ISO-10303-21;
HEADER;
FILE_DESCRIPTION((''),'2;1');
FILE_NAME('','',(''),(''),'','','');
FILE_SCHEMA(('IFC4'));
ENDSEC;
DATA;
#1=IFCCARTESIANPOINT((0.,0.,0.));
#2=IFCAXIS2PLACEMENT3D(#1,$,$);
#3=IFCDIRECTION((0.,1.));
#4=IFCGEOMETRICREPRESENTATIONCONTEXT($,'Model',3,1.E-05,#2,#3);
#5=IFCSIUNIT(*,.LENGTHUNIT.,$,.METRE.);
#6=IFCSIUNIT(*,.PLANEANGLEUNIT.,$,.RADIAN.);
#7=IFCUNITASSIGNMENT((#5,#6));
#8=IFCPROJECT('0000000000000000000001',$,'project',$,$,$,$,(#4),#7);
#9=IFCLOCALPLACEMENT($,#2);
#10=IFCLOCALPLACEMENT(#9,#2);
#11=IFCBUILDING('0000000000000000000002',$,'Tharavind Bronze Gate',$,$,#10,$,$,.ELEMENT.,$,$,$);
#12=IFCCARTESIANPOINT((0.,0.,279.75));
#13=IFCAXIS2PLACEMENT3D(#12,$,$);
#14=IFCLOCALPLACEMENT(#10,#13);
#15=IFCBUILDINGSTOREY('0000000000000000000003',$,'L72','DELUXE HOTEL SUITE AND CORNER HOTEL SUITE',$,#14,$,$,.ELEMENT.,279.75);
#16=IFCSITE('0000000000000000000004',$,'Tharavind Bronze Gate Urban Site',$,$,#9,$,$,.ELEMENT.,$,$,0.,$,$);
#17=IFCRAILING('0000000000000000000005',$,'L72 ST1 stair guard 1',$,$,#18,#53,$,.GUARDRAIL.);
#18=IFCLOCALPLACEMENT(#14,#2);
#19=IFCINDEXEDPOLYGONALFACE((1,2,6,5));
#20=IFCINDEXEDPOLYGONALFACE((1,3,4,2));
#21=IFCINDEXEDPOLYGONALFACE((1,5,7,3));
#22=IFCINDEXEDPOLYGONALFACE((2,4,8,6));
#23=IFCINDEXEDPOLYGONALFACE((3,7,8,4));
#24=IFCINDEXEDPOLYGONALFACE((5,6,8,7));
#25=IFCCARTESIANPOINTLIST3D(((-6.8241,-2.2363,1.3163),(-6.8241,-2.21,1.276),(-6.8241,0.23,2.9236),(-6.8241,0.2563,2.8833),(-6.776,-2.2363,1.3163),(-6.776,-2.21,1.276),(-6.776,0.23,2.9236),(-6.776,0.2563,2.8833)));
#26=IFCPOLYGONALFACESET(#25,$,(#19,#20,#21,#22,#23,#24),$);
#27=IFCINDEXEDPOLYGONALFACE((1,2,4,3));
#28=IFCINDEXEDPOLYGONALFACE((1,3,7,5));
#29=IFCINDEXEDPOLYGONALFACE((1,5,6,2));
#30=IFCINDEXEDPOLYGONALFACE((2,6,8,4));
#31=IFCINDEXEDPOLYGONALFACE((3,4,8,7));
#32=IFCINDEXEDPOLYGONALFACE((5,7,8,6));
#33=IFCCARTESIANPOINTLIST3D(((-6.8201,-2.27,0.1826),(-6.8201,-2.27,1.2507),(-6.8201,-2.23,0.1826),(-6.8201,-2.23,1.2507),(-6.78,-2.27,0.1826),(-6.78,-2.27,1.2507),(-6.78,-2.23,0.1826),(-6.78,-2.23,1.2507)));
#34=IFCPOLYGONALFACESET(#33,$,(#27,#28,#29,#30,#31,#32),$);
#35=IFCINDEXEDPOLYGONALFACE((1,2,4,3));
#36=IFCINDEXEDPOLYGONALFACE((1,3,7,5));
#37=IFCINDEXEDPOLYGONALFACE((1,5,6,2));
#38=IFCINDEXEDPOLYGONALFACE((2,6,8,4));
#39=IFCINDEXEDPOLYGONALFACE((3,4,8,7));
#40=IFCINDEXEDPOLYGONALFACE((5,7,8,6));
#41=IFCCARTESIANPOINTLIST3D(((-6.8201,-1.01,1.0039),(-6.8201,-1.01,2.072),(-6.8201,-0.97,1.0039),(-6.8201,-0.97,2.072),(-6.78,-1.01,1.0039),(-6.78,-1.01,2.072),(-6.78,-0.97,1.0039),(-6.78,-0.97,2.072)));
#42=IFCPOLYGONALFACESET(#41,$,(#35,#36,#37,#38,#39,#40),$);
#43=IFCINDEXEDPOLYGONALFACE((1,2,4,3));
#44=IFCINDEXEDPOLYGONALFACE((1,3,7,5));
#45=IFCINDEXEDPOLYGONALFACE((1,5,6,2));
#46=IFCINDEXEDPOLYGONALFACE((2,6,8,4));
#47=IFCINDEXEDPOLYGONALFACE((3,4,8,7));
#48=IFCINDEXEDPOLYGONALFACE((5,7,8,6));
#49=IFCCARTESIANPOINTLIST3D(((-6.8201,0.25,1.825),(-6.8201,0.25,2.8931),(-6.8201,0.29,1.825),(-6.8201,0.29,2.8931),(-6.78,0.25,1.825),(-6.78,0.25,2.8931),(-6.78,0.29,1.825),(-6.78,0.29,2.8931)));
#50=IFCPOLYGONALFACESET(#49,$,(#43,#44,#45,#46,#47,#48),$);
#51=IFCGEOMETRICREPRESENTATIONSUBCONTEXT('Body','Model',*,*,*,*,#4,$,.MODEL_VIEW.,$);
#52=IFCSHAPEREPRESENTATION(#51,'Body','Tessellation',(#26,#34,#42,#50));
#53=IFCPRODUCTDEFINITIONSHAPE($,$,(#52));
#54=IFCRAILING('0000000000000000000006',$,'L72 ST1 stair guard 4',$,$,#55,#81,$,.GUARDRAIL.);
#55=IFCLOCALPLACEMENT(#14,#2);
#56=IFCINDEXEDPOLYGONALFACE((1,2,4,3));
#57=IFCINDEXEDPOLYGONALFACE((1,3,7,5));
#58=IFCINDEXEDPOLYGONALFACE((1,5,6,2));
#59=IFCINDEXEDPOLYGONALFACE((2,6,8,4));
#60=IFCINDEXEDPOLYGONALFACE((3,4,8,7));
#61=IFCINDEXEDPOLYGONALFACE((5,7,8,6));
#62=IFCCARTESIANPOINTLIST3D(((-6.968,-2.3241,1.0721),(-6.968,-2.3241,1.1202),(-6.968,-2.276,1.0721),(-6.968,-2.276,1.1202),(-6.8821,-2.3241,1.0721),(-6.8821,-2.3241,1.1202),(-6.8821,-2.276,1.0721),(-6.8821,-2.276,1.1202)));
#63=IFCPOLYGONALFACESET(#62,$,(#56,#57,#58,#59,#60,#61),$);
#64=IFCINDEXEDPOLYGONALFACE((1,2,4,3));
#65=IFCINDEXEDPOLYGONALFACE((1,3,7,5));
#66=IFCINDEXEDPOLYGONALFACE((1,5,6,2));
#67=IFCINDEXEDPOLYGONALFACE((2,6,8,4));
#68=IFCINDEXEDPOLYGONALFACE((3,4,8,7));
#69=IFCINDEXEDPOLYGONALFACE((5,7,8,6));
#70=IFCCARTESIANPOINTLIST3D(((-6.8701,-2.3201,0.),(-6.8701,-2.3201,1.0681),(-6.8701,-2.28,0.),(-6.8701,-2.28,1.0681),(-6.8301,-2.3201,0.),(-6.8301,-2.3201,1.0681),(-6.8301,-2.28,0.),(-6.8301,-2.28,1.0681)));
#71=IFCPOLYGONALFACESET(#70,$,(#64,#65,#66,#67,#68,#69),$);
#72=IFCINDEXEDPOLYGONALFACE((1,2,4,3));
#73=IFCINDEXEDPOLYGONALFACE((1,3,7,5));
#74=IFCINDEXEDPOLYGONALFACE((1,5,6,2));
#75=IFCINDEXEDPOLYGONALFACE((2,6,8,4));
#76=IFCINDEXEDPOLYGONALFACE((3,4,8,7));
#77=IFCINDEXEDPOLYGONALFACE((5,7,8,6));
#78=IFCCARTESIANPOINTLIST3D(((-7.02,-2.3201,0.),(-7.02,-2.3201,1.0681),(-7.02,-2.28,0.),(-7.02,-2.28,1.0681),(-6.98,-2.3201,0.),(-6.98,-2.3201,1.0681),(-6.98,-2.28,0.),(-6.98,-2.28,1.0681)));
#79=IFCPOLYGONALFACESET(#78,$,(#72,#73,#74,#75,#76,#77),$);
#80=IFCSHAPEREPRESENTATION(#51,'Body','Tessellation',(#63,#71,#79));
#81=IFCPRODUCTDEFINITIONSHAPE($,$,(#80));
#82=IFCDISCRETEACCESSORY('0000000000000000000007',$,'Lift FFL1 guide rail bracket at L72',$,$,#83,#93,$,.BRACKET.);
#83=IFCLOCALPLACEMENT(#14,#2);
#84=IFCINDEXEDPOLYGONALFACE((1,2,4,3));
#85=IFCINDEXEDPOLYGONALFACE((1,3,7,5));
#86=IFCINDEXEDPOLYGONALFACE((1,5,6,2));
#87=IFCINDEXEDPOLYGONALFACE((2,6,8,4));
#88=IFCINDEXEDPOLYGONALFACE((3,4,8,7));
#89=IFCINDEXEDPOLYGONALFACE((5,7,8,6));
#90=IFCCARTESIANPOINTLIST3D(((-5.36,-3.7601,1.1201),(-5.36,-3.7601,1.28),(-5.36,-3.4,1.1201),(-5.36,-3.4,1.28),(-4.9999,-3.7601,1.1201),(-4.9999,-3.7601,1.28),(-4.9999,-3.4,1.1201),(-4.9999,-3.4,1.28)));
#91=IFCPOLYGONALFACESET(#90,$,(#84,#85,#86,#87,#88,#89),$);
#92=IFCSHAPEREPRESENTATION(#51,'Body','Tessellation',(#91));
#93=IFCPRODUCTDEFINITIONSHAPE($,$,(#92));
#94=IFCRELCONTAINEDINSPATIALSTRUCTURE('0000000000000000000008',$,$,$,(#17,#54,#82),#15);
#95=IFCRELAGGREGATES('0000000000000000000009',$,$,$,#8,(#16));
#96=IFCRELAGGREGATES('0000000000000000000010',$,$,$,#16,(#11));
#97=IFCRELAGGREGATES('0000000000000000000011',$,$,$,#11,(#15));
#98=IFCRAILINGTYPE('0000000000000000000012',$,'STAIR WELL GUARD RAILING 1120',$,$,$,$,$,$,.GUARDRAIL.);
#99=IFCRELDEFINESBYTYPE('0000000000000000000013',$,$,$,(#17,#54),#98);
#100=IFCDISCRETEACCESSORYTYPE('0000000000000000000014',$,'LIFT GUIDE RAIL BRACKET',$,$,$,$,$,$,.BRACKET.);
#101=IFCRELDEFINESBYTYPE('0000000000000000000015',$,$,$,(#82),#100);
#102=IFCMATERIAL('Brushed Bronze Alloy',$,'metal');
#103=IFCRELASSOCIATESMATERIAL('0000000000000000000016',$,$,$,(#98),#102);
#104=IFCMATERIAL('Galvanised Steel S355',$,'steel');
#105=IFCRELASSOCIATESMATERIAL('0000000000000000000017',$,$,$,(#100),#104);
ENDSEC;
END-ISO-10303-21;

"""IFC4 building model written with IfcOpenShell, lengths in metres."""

from ifc_helpers import new_model, si_unit, direction, frame, origin, origin_2d, place, context, subcontext, project, spatial, rectangle, extrude, material, type_object, element, save


model = new_model("IFC4")

# Units and contexts
model_context = context("Model", 3, precision=1e-05, world=origin(), true_north=direction((0.0, 1.0)))
body_context = subcontext(model_context, "Body", "Model", "MODEL_VIEW")
ifc_project = project(units=[si_unit("LENGTHUNIT", "METRE"), si_unit("PLANEANGLEUNIT", "RADIAN")], contexts=[model_context])

# Site, building, storey
site_placement = place(None, origin())
site = spatial("IfcSite", under=ifc_project, at=site_placement, Name="Tharavind Bronze Gate Urban Site", CompositionType="ELEMENT", RefElevation=0.0)
building_placement = place(site_placement, origin())
building = spatial("IfcBuilding", under=site, at=building_placement, Name="Tharavind Bronze Gate", CompositionType="ELEMENT")
storey_placement = place(building_placement, frame((0.0, 0.0, 279.75)))
storey = spatial("IfcBuildingStorey", under=building, at=storey_placement, Name="L72", Description="DELUXE HOTEL SUITE AND CORNER HOTEL SUITE", CompositionType="ELEMENT", Elevation=279.75)

# Railings
ifc_material_1 = material(Name="Brushed Bronze Alloy", Category="metal")
railing_type_1 = type_object("IfcRailingType", Name="STAIR WELL GUARD RAILING 1120", PredefinedType="GUARDRAIL", material=ifc_material_1)
railing_1_placement = place(storey_placement, frame((-6.8, -2.25, 0.1826)))
element("IfcRailing", 1, at=railing_1_placement, inside=storey, type_object=railing_type_1, Name="L72 ST1 stair guard 1", PredefinedType="GUARDRAIL", context=body_context, shape_type="SweptSolid", body=[
    extrude(rectangle(XDim=0.0481, YDim=0.0481, at=origin_2d()), frame((0.0, 0.0269, 1.1135), z_axis=(0.0, 0.837787, 0.545998), x_axis=(-1.0, 0.0, 0.0)), (0.0, 0.0, 1.0), 2.9438),
    extrude(rectangle(XDim=0.04, YDim=0.04, at=origin_2d()), origin(), (0.0, 0.0, 1.0), 1.0681),
    extrude(rectangle(XDim=0.04, YDim=0.04, at=origin_2d()), frame((0.0, 1.26, 0.8213)), (0.0, 0.0, 1.0), 1.0681),
    extrude(rectangle(XDim=0.04, YDim=0.04, at=origin_2d()), frame((0.0, 2.52, 1.6423)), (0.0, 0.0, 1.0), 1.0681),
])
railing_2_placement = place(storey_placement, frame((-6.8501, -2.3, 0.0)))
element("IfcRailing", 2, at=railing_2_placement, inside=storey, type_object=railing_type_1, Name="L72 ST1 stair guard 4", PredefinedType="GUARDRAIL", context=body_context, shape_type="SweptSolid", body=[
    extrude(rectangle(XDim=0.0481, YDim=0.0481, at=origin_2d()), frame((-0.032, 0.0, 1.0962), z_axis=(-1.0, 0.0, 0.0), x_axis=(0.0, -1.0, 0.0)), (0.0, 0.0, 1.0), 0.0859),
    extrude(rectangle(XDim=0.04, YDim=0.04, at=origin_2d()), origin(), (0.0, 0.0, 1.0), 1.0681),
    extrude(rectangle(XDim=0.04, YDim=0.04, at=origin_2d()), frame((-0.1499, 0.0, 0.0)), (0.0, 0.0, 1.0), 1.0681),
])

# Discrete accessory
ifc_material_2 = material(Name="Galvanised Steel S355", Category="steel")
discrete_accessory_type = type_object("IfcDiscreteAccessoryType", Name="LIFT GUIDE RAIL BRACKET", PredefinedType="BRACKET", material=ifc_material_2)
discrete_accessory_placement = place(storey_placement, frame((-5.1799, -3.5801, 1.1201), z_axis=(0.0, 0.0, 1.0), x_axis=(1.0, 0.0, 0.0)))
element("IfcDiscreteAccessory", 3, at=discrete_accessory_placement, inside=storey, type_object=discrete_accessory_type, Name="Lift FFL1 guide rail bracket at L72", PredefinedType="BRACKET", context=body_context, shape_type="SweptSolid", body=[
    extrude(rectangle(XDim=0.3601, YDim=0.3601, at=origin_2d()), origin(), (0.0, 0.0, 1.0), 0.1599),
])

save(model, "model.ifc")
